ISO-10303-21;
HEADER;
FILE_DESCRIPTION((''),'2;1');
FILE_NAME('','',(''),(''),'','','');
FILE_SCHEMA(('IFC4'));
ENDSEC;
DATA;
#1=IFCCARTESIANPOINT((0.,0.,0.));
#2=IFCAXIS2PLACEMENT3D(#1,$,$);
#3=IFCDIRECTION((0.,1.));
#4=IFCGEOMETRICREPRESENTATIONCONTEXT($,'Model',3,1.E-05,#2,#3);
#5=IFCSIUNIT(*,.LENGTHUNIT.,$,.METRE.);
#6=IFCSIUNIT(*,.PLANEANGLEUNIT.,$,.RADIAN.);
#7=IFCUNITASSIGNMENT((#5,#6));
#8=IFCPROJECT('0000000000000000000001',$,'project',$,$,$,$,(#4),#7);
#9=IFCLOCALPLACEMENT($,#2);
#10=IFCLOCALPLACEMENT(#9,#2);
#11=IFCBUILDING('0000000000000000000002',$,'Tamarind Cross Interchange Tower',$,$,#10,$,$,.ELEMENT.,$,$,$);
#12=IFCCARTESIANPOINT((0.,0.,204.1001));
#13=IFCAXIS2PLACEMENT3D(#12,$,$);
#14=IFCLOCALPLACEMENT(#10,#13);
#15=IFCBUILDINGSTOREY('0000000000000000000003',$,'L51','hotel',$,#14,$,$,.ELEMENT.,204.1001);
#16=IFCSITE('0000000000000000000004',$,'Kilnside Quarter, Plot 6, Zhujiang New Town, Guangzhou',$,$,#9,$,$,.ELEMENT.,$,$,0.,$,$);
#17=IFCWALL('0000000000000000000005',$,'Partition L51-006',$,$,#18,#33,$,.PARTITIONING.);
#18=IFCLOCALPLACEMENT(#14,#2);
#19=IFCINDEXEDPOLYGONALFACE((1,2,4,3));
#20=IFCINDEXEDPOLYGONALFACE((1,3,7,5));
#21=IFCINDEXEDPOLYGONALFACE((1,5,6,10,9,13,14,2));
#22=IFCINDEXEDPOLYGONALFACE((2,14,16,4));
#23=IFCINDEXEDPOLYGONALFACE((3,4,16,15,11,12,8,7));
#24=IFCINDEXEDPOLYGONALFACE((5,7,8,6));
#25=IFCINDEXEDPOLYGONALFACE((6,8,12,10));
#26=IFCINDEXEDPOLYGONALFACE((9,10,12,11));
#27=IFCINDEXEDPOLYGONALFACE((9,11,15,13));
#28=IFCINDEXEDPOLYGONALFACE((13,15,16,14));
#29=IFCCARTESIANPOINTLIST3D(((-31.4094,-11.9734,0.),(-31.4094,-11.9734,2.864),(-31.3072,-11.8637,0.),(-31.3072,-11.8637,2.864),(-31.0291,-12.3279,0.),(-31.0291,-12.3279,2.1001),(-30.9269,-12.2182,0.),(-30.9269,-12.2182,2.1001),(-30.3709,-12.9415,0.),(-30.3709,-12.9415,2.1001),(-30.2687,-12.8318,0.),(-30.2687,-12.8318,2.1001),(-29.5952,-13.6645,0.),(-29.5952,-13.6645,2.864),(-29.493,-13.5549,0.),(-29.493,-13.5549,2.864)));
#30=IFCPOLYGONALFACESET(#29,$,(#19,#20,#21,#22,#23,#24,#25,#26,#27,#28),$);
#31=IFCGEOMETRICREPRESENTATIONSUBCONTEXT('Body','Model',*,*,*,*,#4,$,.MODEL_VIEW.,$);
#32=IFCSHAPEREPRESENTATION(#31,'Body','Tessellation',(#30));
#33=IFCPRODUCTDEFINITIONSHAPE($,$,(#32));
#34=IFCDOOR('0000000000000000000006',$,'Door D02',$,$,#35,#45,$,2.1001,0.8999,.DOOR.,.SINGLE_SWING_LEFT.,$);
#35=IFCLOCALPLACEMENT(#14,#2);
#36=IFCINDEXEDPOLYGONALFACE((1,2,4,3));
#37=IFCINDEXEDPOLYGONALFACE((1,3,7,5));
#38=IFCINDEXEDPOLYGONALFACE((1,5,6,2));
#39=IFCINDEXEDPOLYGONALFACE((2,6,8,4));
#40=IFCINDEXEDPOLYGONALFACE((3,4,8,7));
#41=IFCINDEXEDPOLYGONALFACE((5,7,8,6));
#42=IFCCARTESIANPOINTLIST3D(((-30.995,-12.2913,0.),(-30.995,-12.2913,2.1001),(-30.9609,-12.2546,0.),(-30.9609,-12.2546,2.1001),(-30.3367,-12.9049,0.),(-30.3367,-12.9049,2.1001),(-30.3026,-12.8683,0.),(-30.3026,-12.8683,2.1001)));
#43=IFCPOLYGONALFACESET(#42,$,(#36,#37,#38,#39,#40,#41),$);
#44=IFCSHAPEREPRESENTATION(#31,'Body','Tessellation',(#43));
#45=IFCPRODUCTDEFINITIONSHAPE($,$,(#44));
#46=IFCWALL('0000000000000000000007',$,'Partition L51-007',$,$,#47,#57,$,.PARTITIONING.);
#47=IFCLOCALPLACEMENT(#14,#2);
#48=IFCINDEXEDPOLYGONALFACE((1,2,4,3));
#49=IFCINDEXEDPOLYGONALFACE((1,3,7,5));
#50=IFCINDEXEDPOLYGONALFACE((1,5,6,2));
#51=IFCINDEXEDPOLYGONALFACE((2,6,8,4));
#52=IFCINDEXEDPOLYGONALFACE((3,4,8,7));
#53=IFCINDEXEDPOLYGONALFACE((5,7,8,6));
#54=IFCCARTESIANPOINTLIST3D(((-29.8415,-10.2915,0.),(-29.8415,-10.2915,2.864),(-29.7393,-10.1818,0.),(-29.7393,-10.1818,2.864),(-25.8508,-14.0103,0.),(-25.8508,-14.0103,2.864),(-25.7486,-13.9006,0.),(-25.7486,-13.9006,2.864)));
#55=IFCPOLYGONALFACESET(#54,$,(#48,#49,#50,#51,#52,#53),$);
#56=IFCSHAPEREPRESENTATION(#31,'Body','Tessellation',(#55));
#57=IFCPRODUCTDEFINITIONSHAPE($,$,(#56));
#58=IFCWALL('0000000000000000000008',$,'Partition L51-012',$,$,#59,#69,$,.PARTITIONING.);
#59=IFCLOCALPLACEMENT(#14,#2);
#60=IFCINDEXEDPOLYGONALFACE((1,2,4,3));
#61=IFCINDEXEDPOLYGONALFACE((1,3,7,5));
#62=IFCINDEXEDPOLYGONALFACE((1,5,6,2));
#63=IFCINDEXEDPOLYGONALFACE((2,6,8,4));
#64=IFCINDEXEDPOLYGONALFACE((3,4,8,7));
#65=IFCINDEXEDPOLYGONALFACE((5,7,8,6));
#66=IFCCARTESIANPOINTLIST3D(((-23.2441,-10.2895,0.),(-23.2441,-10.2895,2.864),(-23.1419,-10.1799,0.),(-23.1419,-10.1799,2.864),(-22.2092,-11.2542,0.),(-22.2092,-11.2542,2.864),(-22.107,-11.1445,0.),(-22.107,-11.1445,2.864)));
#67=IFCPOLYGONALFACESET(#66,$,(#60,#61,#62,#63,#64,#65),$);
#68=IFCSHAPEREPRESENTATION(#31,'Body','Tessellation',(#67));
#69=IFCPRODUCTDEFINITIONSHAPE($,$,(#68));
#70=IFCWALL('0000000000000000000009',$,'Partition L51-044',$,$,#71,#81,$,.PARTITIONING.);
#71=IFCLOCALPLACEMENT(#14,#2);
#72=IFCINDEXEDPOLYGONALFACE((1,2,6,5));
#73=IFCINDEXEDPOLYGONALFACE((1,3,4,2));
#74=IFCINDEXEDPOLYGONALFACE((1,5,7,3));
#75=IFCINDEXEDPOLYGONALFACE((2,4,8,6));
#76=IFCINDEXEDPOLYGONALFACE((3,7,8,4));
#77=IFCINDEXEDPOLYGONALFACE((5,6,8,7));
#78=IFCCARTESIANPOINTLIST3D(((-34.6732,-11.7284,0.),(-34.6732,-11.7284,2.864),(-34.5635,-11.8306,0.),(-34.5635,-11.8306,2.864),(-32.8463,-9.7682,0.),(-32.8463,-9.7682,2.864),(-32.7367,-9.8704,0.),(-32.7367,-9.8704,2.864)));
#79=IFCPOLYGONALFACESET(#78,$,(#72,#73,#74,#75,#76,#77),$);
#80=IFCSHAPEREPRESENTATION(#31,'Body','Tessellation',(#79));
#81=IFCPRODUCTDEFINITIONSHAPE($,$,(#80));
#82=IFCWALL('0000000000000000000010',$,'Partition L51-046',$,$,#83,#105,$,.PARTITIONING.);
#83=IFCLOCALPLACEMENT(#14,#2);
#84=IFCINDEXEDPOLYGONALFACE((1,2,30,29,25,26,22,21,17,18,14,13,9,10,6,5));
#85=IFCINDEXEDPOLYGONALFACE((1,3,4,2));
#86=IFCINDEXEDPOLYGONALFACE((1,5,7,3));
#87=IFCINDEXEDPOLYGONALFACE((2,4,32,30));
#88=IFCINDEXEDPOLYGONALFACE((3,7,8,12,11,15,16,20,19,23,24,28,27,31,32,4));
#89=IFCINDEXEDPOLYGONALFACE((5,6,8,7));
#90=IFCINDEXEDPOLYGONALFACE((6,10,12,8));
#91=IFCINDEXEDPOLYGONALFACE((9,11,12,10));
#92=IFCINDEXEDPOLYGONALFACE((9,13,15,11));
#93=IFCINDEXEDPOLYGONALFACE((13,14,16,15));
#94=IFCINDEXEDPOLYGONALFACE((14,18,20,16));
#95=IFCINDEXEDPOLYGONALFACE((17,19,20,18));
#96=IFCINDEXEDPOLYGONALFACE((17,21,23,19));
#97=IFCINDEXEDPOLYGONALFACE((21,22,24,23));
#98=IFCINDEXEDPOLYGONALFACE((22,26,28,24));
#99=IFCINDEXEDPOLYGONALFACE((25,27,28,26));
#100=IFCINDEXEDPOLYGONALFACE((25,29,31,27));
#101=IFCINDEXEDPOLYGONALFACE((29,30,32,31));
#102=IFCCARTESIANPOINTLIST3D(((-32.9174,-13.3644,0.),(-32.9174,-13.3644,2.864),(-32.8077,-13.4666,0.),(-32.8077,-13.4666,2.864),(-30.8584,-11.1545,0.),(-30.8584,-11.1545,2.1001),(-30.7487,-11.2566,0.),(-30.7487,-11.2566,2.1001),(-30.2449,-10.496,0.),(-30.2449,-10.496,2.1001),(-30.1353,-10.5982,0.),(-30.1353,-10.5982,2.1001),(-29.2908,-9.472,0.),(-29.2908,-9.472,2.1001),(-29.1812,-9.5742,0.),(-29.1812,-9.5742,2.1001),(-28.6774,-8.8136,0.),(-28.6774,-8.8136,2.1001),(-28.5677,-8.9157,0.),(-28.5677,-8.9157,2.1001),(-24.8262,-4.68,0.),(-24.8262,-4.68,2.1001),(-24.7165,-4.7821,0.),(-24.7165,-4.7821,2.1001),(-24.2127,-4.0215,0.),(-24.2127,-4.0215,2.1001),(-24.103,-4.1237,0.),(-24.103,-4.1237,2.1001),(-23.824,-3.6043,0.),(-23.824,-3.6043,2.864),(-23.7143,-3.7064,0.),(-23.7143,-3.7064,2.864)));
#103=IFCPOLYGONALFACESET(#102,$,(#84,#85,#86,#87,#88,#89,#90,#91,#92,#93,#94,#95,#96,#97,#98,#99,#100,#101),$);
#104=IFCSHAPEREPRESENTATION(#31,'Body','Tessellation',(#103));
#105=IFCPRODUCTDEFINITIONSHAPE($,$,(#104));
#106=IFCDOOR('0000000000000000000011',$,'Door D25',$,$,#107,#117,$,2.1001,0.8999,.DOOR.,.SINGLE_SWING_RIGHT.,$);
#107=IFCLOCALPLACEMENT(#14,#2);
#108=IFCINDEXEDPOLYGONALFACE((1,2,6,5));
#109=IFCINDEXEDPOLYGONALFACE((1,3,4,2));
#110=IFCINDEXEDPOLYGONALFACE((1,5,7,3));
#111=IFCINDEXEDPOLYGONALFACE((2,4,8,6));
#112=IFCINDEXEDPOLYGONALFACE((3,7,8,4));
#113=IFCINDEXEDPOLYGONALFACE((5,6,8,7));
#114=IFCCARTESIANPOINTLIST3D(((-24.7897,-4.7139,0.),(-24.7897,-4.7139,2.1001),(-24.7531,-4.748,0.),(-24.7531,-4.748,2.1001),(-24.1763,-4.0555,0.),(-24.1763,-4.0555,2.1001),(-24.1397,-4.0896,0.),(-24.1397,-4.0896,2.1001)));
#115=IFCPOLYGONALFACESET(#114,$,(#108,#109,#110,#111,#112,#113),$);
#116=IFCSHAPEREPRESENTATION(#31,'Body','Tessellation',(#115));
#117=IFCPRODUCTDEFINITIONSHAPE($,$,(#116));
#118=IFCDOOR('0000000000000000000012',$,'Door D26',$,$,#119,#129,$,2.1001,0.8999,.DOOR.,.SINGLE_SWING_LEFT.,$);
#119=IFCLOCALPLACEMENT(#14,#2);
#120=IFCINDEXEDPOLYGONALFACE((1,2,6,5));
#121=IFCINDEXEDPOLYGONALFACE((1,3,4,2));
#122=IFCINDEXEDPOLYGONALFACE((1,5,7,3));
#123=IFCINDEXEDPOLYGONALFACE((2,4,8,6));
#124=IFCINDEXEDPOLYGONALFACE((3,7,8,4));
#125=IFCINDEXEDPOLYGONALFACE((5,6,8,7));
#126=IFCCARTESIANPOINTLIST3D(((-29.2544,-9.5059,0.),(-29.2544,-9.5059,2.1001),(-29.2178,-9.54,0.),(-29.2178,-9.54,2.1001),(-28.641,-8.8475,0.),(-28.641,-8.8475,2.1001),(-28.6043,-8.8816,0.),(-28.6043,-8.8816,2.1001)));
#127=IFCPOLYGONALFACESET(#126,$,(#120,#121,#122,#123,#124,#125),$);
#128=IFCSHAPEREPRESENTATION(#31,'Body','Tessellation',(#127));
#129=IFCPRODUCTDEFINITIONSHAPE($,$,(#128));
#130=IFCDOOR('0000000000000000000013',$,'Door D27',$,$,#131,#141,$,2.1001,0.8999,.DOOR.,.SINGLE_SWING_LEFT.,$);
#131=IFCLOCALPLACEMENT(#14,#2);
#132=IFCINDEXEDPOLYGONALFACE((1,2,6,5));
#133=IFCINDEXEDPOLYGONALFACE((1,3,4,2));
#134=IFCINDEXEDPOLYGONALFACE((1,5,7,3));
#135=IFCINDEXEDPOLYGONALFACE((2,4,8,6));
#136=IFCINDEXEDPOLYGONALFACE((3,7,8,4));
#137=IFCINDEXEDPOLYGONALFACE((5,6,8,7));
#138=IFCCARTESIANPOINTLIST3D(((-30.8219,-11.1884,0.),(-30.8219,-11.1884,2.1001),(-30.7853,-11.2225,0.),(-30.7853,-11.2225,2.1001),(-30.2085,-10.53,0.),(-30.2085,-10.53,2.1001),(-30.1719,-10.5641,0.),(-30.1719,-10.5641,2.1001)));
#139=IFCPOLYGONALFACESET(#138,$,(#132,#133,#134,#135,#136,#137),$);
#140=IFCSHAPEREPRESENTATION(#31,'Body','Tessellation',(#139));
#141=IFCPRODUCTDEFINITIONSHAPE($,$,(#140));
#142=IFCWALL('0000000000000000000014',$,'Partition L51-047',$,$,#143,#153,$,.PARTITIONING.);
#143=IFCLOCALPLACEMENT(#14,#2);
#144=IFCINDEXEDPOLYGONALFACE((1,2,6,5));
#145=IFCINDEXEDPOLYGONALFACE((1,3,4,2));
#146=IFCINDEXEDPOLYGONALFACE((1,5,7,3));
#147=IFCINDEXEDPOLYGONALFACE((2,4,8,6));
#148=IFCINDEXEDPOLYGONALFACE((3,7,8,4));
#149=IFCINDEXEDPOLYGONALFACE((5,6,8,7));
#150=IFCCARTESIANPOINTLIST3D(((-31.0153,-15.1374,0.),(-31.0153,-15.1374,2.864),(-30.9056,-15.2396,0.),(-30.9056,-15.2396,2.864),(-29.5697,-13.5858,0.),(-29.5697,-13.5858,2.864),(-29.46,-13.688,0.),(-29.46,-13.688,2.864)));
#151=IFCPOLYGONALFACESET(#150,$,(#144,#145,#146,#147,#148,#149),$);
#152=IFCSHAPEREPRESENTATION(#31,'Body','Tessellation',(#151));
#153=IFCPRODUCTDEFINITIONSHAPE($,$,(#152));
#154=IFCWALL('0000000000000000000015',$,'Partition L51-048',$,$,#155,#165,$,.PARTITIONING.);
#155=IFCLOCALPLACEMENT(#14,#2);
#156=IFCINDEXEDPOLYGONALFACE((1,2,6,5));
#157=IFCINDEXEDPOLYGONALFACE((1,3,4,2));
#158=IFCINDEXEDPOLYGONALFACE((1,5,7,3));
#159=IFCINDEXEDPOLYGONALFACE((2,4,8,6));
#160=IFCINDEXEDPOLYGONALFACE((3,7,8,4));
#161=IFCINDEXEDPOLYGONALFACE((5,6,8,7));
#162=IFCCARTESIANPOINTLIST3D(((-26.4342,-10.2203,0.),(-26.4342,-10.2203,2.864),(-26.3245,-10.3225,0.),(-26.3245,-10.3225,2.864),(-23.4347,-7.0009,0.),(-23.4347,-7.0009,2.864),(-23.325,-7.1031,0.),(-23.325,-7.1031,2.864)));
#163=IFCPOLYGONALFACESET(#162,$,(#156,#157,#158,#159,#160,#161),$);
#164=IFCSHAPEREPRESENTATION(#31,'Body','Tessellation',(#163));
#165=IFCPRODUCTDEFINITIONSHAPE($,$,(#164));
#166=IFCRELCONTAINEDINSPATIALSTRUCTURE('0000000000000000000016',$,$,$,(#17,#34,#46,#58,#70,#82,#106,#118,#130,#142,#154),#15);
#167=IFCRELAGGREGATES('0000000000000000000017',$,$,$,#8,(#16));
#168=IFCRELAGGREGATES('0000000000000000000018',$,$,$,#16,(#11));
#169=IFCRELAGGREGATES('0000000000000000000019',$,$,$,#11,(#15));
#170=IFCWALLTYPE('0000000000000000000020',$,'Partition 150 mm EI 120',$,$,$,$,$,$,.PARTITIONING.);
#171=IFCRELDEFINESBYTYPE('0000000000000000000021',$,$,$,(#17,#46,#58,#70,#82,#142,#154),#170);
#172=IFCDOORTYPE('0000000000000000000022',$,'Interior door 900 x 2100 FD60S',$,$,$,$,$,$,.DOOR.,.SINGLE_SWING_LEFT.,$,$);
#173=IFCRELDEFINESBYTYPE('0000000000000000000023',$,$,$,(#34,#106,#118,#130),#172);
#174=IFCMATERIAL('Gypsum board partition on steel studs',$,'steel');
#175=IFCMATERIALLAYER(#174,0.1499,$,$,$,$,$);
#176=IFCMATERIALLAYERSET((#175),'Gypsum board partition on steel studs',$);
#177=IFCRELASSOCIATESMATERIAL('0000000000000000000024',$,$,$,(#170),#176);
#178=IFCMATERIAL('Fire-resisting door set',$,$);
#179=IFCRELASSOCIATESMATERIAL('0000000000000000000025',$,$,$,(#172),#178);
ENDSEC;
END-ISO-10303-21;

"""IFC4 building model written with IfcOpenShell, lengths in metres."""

from ifc_helpers import new_model, si_unit, direction, frame, frame_2d, origin, place, context, subcontext, project, spatial, rectangle, extrude, material, layer, layer_set, type_object, element, fill, save


model = new_model("IFC4")

# Units and contexts
model_context = context("Model", 3, precision=1e-05, world=origin(), true_north=direction((0.0, 1.0)))
body_context = subcontext(model_context, "Body", "Model", "MODEL_VIEW")
ifc_project = project(units=[si_unit("LENGTHUNIT", "METRE"), si_unit("PLANEANGLEUNIT", "RADIAN")], contexts=[model_context])

# Site, building, storey
site_placement = place(None, origin())
site = spatial("IfcSite", under=ifc_project, at=site_placement, Name="Kilnside Quarter, Plot 6, Zhujiang New Town, Guangzhou", CompositionType="ELEMENT", RefElevation=0.0)
building_placement = place(site_placement, origin())
building = spatial("IfcBuilding", under=site, at=building_placement, Name="Tamarind Cross Interchange Tower", CompositionType="ELEMENT")
storey_placement = place(building_placement, frame((0.0, 0.0, 204.1001)))
storey = spatial("IfcBuildingStorey", under=building, at=storey_placement, Name="L51", Description="hotel", CompositionType="ELEMENT", Elevation=204.1001)

# Shared definitions
ifc_material_1 = material(Name="Gypsum board partition on steel studs", Category="steel")
ifc_layer_1 = layer(ifc_material_1, 0.1499)
ifc_layer_set_1 = layer_set([ifc_layer_1], Name="Gypsum board partition on steel studs")
wall_type = type_object("IfcWallType", Name="Partition 150 mm EI 120", PredefinedType="PARTITIONING", material=ifc_layer_set_1)
ifc_material_2 = material(Name="Fire-resisting door set")

# Wall, opening, door
wall_1_placement = place(storey_placement, frame((-31.3584, -11.9185, 0.0), z_axis=(0.0, 0.0, 1.0), x_axis=(0.731477, -0.681866, 0.0)))
wall_1 = element("IfcWall", 1, at=wall_1_placement, inside=storey, type_object=wall_type, Name="Partition L51-006", PredefinedType="PARTITIONING", context=body_context, shape_type="SweptSolid", body=[
    extrude(rectangle(XDim=2.4802, YDim=0.1499, at=frame_2d((1.2402, 0.0))), origin(), (0.0, 0.0, 1.0), 2.864),
])
opening_1_placement = place(wall_1_placement, frame((0.52, 0.0, 0.0)))
opening_1 = element("IfcOpeningElement", 2, at=opening_1_placement, cuts=wall_1, PredefinedType="OPENING", context=body_context, shape_type="SweptSolid", body=[
    extrude(rectangle(XDim=0.8999, YDim=2.1001, at=frame_2d((0.45, 1.05))), frame((0.0, 0.085, 0.0), z_axis=(0.0, -1.0, 0.0), x_axis=(1.0, 0.0, 0.0)), (0.0, 0.0, 1.0), 0.1699),
])
door_type_1 = type_object("IfcDoorType", Name="Interior door 900 x 2100 FD60S", OperationType="SINGLE_SWING_LEFT", PredefinedType="DOOR", material=ifc_material_2)
door_1_placement = place(opening_1_placement, frame((0.8999, 0.0, 0.0), z_axis=(0.0, 0.0, 1.0), x_axis=(-1.0, 0.0, 0.0)))
door_1 = element("IfcDoor", 3, at=door_1_placement, inside=storey, type_object=door_type_1, Name="Door D02", OperationType="SINGLE_SWING_LEFT", OverallHeight=2.1001, OverallWidth=0.8999, PredefinedType="DOOR", context=body_context, shape_type="SweptSolid", body=[
    extrude(rectangle(XDim=0.8999, YDim=2.1001, at=frame_2d((0.45, 1.05))), frame((0.0, 0.0249, 0.0), z_axis=(0.0, -1.0, 0.0), x_axis=(1.0, 0.0, 0.0)), (0.0, 0.0, 1.0), 0.05),
])
fill(opening_1, door_1)

# Walls
wall_2_placement = place(storey_placement, frame((-29.7905, -10.2366, 0.0), z_axis=(0.0, 0.0, 1.0), x_axis=(0.731597, -0.681738, 0.0)))
element("IfcWall", 4, at=wall_2_placement, inside=storey, type_object=wall_type, Name="Partition L51-007", PredefinedType="PARTITIONING", context=body_context, shape_type="SweptSolid", body=[
    extrude(rectangle(XDim=5.4548, YDim=0.1499, at=frame_2d((2.7275, 0.0))), origin(), (0.0, 0.0, 1.0), 2.864),
])
wall_3_placement = place(storey_placement, frame((-23.1931, -10.2346, 0.0), z_axis=(0.0, 0.0, 1.0), x_axis=(0.73152, -0.68182, 0.0)))
element("IfcWall", 5, at=wall_3_placement, inside=storey, type_object=wall_type, Name="Partition L51-012", PredefinedType="PARTITIONING", context=body_context, shape_type="SweptSolid", body=[
    extrude(rectangle(XDim=1.4148, YDim=0.1499, at=frame_2d((0.7075, 0.0))), origin(), (0.0, 0.0, 1.0), 2.864),
])
wall_4_placement = place(storey_placement, frame((-34.6184, -11.7795, 0.0), z_axis=(0.0, 0.0, 1.0), x_axis=(0.681795, 0.731543, 0.0)))
element("IfcWall", 6, at=wall_4_placement, inside=storey, type_object=wall_type, Name="Partition L51-044", PredefinedType="PARTITIONING", context=body_context, shape_type="SweptSolid", body=[
    extrude(rectangle(XDim=2.6794, YDim=0.1499, at=frame_2d((1.3398, 0.0))), origin(), (0.0, 0.0, 1.0), 2.864),
])

# Wall, openings, doors
wall_5_placement = place(storey_placement, frame((-32.8625, -13.4155, 0.0), z_axis=(0.0, 0.0, 1.0), x_axis=(0.681674, 0.731656, 0.0)))
wall_5 = element("IfcWall", 7, at=wall_5_placement, inside=storey, type_object=wall_type, Name="Partition L51-046", PredefinedType="PARTITIONING", context=body_context, shape_type="SweptSolid", body=[
    extrude(rectangle(XDim=13.3398, YDim=0.1499, at=frame_2d((6.6699, 0.0))), origin(), (0.0, 0.0, 1.0), 2.864),
])
opening_2_placement = place(wall_5_placement, frame((11.8696, 0.0, 0.0)))
opening_2 = element("IfcOpeningElement", 8, at=opening_2_placement, cuts=wall_5, PredefinedType="OPENING", context=body_context, shape_type="SweptSolid", body=[
    extrude(rectangle(XDim=0.8999, YDim=2.1001, at=frame_2d((0.45, 1.05))), frame((0.0, 0.085, 0.0), z_axis=(0.0, -1.0, 0.0), x_axis=(1.0, 0.0, 0.0)), (0.0, 0.0, 1.0), 0.1699),
])
opening_3_placement = place(wall_5_placement, frame((5.3201, 0.0, 0.0)))
opening_3 = element("IfcOpeningElement", 9, at=opening_3_placement, cuts=wall_5, PredefinedType="OPENING", context=body_context, shape_type="SweptSolid", body=[
    extrude(rectangle(XDim=0.8999, YDim=2.1001, at=frame_2d((0.45, 1.05))), frame((0.0, 0.085, 0.0), z_axis=(0.0, -1.0, 0.0), x_axis=(1.0, 0.0, 0.0)), (0.0, 0.0, 1.0), 0.1699),
])
opening_4_placement = place(wall_5_placement, frame((3.0205, 0.0, 0.0)))
opening_4 = element("IfcOpeningElement", 10, at=opening_4_placement, cuts=wall_5, PredefinedType="OPENING", context=body_context, shape_type="SweptSolid", body=[
    extrude(rectangle(XDim=0.8999, YDim=2.1001, at=frame_2d((0.45, 1.05))), frame((0.0, 0.085, 0.0), z_axis=(0.0, -1.0, 0.0), x_axis=(1.0, 0.0, 0.0)), (0.0, 0.0, 1.0), 0.1699),
])
door_2_placement = place(opening_2_placement, frame((0.8999, 0.0, 0.0), z_axis=(0.0, 0.0, 1.0), x_axis=(-1.0, 0.0, 0.0)))
door_2 = element("IfcDoor", 11, at=door_2_placement, inside=storey, type_object=door_type_1, Name="Door D25", OperationType="SINGLE_SWING_RIGHT", OverallHeight=2.1001, OverallWidth=0.8999, PredefinedType="DOOR", context=body_context, shape_type="SweptSolid", body=[
    extrude(rectangle(XDim=0.8999, YDim=2.1001, at=frame_2d((0.45, 1.05))), frame((0.0, 0.0249, 0.0), z_axis=(0.0, -1.0, 0.0), x_axis=(1.0, 0.0, 0.0)), (0.0, 0.0, 1.0), 0.05),
])
fill(opening_2, door_2)
door_3_placement = place(opening_3_placement, frame((0.8999, 0.0, 0.0), z_axis=(0.0, 0.0, 1.0), x_axis=(-1.0, 0.0, 0.0)))
door_3 = element("IfcDoor", 12, at=door_3_placement, inside=storey, type_object=door_type_1, Name="Door D26", OperationType="SINGLE_SWING_LEFT", OverallHeight=2.1001, OverallWidth=0.8999, PredefinedType="DOOR", context=body_context, shape_type="SweptSolid", body=[
    extrude(rectangle(XDim=0.8999, YDim=2.1001, at=frame_2d((0.45, 1.05))), frame((0.0, 0.0249, 0.0), z_axis=(0.0, -1.0, 0.0), x_axis=(1.0, 0.0, 0.0)), (0.0, 0.0, 1.0), 0.05),
])
fill(opening_3, door_3)
door_4_placement = place(opening_4_placement, frame((0.8999, 0.0, 0.0), z_axis=(0.0, 0.0, 1.0), x_axis=(-1.0, 0.0, 0.0)))
door_4 = element("IfcDoor", 13, at=door_4_placement, inside=storey, type_object=door_type_1, Name="Door D27", OperationType="SINGLE_SWING_LEFT", OverallHeight=2.1001, OverallWidth=0.8999, PredefinedType="DOOR", context=body_context, shape_type="SweptSolid", body=[
    extrude(rectangle(XDim=0.8999, YDim=2.1001, at=frame_2d((0.45, 1.05))), frame((0.0, 0.0249, 0.0), z_axis=(0.0, -1.0, 0.0), x_axis=(1.0, 0.0, 0.0)), (0.0, 0.0, 1.0), 0.05),
])
fill(opening_4, door_4)

# Walls
wall_6_placement = place(storey_placement, frame((-30.9604, -15.1885, 0.0), z_axis=(0.0, 0.0, 1.0), x_axis=(0.681682, 0.731648, 0.0)))
element("IfcWall", 14, at=wall_6_placement, inside=storey, type_object=wall_type, Name="Partition L51-047", PredefinedType="PARTITIONING", context=body_context, shape_type="SweptSolid", body=[
    extrude(rectangle(XDim=2.1206, YDim=0.1499, at=frame_2d((1.0603, 0.0))), origin(), (0.0, 0.0, 1.0), 2.864),
])
wall_7_placement = place(storey_placement, frame((-26.3794, -10.2715, 0.0), z_axis=(0.0, 0.0, 1.0), x_axis=(0.68167, 0.73166, 0.0)))
element("IfcWall", 15, at=wall_7_placement, inside=storey, type_object=wall_type, Name="Partition L51-048", PredefinedType="PARTITIONING", context=body_context, shape_type="SweptSolid", body=[
    extrude(rectangle(XDim=4.4001, YDim=0.1499, at=frame_2d((2.2002, 0.0))), origin(), (0.0, 0.0, 1.0), 2.864),
])

save(model, "model.ifc")
